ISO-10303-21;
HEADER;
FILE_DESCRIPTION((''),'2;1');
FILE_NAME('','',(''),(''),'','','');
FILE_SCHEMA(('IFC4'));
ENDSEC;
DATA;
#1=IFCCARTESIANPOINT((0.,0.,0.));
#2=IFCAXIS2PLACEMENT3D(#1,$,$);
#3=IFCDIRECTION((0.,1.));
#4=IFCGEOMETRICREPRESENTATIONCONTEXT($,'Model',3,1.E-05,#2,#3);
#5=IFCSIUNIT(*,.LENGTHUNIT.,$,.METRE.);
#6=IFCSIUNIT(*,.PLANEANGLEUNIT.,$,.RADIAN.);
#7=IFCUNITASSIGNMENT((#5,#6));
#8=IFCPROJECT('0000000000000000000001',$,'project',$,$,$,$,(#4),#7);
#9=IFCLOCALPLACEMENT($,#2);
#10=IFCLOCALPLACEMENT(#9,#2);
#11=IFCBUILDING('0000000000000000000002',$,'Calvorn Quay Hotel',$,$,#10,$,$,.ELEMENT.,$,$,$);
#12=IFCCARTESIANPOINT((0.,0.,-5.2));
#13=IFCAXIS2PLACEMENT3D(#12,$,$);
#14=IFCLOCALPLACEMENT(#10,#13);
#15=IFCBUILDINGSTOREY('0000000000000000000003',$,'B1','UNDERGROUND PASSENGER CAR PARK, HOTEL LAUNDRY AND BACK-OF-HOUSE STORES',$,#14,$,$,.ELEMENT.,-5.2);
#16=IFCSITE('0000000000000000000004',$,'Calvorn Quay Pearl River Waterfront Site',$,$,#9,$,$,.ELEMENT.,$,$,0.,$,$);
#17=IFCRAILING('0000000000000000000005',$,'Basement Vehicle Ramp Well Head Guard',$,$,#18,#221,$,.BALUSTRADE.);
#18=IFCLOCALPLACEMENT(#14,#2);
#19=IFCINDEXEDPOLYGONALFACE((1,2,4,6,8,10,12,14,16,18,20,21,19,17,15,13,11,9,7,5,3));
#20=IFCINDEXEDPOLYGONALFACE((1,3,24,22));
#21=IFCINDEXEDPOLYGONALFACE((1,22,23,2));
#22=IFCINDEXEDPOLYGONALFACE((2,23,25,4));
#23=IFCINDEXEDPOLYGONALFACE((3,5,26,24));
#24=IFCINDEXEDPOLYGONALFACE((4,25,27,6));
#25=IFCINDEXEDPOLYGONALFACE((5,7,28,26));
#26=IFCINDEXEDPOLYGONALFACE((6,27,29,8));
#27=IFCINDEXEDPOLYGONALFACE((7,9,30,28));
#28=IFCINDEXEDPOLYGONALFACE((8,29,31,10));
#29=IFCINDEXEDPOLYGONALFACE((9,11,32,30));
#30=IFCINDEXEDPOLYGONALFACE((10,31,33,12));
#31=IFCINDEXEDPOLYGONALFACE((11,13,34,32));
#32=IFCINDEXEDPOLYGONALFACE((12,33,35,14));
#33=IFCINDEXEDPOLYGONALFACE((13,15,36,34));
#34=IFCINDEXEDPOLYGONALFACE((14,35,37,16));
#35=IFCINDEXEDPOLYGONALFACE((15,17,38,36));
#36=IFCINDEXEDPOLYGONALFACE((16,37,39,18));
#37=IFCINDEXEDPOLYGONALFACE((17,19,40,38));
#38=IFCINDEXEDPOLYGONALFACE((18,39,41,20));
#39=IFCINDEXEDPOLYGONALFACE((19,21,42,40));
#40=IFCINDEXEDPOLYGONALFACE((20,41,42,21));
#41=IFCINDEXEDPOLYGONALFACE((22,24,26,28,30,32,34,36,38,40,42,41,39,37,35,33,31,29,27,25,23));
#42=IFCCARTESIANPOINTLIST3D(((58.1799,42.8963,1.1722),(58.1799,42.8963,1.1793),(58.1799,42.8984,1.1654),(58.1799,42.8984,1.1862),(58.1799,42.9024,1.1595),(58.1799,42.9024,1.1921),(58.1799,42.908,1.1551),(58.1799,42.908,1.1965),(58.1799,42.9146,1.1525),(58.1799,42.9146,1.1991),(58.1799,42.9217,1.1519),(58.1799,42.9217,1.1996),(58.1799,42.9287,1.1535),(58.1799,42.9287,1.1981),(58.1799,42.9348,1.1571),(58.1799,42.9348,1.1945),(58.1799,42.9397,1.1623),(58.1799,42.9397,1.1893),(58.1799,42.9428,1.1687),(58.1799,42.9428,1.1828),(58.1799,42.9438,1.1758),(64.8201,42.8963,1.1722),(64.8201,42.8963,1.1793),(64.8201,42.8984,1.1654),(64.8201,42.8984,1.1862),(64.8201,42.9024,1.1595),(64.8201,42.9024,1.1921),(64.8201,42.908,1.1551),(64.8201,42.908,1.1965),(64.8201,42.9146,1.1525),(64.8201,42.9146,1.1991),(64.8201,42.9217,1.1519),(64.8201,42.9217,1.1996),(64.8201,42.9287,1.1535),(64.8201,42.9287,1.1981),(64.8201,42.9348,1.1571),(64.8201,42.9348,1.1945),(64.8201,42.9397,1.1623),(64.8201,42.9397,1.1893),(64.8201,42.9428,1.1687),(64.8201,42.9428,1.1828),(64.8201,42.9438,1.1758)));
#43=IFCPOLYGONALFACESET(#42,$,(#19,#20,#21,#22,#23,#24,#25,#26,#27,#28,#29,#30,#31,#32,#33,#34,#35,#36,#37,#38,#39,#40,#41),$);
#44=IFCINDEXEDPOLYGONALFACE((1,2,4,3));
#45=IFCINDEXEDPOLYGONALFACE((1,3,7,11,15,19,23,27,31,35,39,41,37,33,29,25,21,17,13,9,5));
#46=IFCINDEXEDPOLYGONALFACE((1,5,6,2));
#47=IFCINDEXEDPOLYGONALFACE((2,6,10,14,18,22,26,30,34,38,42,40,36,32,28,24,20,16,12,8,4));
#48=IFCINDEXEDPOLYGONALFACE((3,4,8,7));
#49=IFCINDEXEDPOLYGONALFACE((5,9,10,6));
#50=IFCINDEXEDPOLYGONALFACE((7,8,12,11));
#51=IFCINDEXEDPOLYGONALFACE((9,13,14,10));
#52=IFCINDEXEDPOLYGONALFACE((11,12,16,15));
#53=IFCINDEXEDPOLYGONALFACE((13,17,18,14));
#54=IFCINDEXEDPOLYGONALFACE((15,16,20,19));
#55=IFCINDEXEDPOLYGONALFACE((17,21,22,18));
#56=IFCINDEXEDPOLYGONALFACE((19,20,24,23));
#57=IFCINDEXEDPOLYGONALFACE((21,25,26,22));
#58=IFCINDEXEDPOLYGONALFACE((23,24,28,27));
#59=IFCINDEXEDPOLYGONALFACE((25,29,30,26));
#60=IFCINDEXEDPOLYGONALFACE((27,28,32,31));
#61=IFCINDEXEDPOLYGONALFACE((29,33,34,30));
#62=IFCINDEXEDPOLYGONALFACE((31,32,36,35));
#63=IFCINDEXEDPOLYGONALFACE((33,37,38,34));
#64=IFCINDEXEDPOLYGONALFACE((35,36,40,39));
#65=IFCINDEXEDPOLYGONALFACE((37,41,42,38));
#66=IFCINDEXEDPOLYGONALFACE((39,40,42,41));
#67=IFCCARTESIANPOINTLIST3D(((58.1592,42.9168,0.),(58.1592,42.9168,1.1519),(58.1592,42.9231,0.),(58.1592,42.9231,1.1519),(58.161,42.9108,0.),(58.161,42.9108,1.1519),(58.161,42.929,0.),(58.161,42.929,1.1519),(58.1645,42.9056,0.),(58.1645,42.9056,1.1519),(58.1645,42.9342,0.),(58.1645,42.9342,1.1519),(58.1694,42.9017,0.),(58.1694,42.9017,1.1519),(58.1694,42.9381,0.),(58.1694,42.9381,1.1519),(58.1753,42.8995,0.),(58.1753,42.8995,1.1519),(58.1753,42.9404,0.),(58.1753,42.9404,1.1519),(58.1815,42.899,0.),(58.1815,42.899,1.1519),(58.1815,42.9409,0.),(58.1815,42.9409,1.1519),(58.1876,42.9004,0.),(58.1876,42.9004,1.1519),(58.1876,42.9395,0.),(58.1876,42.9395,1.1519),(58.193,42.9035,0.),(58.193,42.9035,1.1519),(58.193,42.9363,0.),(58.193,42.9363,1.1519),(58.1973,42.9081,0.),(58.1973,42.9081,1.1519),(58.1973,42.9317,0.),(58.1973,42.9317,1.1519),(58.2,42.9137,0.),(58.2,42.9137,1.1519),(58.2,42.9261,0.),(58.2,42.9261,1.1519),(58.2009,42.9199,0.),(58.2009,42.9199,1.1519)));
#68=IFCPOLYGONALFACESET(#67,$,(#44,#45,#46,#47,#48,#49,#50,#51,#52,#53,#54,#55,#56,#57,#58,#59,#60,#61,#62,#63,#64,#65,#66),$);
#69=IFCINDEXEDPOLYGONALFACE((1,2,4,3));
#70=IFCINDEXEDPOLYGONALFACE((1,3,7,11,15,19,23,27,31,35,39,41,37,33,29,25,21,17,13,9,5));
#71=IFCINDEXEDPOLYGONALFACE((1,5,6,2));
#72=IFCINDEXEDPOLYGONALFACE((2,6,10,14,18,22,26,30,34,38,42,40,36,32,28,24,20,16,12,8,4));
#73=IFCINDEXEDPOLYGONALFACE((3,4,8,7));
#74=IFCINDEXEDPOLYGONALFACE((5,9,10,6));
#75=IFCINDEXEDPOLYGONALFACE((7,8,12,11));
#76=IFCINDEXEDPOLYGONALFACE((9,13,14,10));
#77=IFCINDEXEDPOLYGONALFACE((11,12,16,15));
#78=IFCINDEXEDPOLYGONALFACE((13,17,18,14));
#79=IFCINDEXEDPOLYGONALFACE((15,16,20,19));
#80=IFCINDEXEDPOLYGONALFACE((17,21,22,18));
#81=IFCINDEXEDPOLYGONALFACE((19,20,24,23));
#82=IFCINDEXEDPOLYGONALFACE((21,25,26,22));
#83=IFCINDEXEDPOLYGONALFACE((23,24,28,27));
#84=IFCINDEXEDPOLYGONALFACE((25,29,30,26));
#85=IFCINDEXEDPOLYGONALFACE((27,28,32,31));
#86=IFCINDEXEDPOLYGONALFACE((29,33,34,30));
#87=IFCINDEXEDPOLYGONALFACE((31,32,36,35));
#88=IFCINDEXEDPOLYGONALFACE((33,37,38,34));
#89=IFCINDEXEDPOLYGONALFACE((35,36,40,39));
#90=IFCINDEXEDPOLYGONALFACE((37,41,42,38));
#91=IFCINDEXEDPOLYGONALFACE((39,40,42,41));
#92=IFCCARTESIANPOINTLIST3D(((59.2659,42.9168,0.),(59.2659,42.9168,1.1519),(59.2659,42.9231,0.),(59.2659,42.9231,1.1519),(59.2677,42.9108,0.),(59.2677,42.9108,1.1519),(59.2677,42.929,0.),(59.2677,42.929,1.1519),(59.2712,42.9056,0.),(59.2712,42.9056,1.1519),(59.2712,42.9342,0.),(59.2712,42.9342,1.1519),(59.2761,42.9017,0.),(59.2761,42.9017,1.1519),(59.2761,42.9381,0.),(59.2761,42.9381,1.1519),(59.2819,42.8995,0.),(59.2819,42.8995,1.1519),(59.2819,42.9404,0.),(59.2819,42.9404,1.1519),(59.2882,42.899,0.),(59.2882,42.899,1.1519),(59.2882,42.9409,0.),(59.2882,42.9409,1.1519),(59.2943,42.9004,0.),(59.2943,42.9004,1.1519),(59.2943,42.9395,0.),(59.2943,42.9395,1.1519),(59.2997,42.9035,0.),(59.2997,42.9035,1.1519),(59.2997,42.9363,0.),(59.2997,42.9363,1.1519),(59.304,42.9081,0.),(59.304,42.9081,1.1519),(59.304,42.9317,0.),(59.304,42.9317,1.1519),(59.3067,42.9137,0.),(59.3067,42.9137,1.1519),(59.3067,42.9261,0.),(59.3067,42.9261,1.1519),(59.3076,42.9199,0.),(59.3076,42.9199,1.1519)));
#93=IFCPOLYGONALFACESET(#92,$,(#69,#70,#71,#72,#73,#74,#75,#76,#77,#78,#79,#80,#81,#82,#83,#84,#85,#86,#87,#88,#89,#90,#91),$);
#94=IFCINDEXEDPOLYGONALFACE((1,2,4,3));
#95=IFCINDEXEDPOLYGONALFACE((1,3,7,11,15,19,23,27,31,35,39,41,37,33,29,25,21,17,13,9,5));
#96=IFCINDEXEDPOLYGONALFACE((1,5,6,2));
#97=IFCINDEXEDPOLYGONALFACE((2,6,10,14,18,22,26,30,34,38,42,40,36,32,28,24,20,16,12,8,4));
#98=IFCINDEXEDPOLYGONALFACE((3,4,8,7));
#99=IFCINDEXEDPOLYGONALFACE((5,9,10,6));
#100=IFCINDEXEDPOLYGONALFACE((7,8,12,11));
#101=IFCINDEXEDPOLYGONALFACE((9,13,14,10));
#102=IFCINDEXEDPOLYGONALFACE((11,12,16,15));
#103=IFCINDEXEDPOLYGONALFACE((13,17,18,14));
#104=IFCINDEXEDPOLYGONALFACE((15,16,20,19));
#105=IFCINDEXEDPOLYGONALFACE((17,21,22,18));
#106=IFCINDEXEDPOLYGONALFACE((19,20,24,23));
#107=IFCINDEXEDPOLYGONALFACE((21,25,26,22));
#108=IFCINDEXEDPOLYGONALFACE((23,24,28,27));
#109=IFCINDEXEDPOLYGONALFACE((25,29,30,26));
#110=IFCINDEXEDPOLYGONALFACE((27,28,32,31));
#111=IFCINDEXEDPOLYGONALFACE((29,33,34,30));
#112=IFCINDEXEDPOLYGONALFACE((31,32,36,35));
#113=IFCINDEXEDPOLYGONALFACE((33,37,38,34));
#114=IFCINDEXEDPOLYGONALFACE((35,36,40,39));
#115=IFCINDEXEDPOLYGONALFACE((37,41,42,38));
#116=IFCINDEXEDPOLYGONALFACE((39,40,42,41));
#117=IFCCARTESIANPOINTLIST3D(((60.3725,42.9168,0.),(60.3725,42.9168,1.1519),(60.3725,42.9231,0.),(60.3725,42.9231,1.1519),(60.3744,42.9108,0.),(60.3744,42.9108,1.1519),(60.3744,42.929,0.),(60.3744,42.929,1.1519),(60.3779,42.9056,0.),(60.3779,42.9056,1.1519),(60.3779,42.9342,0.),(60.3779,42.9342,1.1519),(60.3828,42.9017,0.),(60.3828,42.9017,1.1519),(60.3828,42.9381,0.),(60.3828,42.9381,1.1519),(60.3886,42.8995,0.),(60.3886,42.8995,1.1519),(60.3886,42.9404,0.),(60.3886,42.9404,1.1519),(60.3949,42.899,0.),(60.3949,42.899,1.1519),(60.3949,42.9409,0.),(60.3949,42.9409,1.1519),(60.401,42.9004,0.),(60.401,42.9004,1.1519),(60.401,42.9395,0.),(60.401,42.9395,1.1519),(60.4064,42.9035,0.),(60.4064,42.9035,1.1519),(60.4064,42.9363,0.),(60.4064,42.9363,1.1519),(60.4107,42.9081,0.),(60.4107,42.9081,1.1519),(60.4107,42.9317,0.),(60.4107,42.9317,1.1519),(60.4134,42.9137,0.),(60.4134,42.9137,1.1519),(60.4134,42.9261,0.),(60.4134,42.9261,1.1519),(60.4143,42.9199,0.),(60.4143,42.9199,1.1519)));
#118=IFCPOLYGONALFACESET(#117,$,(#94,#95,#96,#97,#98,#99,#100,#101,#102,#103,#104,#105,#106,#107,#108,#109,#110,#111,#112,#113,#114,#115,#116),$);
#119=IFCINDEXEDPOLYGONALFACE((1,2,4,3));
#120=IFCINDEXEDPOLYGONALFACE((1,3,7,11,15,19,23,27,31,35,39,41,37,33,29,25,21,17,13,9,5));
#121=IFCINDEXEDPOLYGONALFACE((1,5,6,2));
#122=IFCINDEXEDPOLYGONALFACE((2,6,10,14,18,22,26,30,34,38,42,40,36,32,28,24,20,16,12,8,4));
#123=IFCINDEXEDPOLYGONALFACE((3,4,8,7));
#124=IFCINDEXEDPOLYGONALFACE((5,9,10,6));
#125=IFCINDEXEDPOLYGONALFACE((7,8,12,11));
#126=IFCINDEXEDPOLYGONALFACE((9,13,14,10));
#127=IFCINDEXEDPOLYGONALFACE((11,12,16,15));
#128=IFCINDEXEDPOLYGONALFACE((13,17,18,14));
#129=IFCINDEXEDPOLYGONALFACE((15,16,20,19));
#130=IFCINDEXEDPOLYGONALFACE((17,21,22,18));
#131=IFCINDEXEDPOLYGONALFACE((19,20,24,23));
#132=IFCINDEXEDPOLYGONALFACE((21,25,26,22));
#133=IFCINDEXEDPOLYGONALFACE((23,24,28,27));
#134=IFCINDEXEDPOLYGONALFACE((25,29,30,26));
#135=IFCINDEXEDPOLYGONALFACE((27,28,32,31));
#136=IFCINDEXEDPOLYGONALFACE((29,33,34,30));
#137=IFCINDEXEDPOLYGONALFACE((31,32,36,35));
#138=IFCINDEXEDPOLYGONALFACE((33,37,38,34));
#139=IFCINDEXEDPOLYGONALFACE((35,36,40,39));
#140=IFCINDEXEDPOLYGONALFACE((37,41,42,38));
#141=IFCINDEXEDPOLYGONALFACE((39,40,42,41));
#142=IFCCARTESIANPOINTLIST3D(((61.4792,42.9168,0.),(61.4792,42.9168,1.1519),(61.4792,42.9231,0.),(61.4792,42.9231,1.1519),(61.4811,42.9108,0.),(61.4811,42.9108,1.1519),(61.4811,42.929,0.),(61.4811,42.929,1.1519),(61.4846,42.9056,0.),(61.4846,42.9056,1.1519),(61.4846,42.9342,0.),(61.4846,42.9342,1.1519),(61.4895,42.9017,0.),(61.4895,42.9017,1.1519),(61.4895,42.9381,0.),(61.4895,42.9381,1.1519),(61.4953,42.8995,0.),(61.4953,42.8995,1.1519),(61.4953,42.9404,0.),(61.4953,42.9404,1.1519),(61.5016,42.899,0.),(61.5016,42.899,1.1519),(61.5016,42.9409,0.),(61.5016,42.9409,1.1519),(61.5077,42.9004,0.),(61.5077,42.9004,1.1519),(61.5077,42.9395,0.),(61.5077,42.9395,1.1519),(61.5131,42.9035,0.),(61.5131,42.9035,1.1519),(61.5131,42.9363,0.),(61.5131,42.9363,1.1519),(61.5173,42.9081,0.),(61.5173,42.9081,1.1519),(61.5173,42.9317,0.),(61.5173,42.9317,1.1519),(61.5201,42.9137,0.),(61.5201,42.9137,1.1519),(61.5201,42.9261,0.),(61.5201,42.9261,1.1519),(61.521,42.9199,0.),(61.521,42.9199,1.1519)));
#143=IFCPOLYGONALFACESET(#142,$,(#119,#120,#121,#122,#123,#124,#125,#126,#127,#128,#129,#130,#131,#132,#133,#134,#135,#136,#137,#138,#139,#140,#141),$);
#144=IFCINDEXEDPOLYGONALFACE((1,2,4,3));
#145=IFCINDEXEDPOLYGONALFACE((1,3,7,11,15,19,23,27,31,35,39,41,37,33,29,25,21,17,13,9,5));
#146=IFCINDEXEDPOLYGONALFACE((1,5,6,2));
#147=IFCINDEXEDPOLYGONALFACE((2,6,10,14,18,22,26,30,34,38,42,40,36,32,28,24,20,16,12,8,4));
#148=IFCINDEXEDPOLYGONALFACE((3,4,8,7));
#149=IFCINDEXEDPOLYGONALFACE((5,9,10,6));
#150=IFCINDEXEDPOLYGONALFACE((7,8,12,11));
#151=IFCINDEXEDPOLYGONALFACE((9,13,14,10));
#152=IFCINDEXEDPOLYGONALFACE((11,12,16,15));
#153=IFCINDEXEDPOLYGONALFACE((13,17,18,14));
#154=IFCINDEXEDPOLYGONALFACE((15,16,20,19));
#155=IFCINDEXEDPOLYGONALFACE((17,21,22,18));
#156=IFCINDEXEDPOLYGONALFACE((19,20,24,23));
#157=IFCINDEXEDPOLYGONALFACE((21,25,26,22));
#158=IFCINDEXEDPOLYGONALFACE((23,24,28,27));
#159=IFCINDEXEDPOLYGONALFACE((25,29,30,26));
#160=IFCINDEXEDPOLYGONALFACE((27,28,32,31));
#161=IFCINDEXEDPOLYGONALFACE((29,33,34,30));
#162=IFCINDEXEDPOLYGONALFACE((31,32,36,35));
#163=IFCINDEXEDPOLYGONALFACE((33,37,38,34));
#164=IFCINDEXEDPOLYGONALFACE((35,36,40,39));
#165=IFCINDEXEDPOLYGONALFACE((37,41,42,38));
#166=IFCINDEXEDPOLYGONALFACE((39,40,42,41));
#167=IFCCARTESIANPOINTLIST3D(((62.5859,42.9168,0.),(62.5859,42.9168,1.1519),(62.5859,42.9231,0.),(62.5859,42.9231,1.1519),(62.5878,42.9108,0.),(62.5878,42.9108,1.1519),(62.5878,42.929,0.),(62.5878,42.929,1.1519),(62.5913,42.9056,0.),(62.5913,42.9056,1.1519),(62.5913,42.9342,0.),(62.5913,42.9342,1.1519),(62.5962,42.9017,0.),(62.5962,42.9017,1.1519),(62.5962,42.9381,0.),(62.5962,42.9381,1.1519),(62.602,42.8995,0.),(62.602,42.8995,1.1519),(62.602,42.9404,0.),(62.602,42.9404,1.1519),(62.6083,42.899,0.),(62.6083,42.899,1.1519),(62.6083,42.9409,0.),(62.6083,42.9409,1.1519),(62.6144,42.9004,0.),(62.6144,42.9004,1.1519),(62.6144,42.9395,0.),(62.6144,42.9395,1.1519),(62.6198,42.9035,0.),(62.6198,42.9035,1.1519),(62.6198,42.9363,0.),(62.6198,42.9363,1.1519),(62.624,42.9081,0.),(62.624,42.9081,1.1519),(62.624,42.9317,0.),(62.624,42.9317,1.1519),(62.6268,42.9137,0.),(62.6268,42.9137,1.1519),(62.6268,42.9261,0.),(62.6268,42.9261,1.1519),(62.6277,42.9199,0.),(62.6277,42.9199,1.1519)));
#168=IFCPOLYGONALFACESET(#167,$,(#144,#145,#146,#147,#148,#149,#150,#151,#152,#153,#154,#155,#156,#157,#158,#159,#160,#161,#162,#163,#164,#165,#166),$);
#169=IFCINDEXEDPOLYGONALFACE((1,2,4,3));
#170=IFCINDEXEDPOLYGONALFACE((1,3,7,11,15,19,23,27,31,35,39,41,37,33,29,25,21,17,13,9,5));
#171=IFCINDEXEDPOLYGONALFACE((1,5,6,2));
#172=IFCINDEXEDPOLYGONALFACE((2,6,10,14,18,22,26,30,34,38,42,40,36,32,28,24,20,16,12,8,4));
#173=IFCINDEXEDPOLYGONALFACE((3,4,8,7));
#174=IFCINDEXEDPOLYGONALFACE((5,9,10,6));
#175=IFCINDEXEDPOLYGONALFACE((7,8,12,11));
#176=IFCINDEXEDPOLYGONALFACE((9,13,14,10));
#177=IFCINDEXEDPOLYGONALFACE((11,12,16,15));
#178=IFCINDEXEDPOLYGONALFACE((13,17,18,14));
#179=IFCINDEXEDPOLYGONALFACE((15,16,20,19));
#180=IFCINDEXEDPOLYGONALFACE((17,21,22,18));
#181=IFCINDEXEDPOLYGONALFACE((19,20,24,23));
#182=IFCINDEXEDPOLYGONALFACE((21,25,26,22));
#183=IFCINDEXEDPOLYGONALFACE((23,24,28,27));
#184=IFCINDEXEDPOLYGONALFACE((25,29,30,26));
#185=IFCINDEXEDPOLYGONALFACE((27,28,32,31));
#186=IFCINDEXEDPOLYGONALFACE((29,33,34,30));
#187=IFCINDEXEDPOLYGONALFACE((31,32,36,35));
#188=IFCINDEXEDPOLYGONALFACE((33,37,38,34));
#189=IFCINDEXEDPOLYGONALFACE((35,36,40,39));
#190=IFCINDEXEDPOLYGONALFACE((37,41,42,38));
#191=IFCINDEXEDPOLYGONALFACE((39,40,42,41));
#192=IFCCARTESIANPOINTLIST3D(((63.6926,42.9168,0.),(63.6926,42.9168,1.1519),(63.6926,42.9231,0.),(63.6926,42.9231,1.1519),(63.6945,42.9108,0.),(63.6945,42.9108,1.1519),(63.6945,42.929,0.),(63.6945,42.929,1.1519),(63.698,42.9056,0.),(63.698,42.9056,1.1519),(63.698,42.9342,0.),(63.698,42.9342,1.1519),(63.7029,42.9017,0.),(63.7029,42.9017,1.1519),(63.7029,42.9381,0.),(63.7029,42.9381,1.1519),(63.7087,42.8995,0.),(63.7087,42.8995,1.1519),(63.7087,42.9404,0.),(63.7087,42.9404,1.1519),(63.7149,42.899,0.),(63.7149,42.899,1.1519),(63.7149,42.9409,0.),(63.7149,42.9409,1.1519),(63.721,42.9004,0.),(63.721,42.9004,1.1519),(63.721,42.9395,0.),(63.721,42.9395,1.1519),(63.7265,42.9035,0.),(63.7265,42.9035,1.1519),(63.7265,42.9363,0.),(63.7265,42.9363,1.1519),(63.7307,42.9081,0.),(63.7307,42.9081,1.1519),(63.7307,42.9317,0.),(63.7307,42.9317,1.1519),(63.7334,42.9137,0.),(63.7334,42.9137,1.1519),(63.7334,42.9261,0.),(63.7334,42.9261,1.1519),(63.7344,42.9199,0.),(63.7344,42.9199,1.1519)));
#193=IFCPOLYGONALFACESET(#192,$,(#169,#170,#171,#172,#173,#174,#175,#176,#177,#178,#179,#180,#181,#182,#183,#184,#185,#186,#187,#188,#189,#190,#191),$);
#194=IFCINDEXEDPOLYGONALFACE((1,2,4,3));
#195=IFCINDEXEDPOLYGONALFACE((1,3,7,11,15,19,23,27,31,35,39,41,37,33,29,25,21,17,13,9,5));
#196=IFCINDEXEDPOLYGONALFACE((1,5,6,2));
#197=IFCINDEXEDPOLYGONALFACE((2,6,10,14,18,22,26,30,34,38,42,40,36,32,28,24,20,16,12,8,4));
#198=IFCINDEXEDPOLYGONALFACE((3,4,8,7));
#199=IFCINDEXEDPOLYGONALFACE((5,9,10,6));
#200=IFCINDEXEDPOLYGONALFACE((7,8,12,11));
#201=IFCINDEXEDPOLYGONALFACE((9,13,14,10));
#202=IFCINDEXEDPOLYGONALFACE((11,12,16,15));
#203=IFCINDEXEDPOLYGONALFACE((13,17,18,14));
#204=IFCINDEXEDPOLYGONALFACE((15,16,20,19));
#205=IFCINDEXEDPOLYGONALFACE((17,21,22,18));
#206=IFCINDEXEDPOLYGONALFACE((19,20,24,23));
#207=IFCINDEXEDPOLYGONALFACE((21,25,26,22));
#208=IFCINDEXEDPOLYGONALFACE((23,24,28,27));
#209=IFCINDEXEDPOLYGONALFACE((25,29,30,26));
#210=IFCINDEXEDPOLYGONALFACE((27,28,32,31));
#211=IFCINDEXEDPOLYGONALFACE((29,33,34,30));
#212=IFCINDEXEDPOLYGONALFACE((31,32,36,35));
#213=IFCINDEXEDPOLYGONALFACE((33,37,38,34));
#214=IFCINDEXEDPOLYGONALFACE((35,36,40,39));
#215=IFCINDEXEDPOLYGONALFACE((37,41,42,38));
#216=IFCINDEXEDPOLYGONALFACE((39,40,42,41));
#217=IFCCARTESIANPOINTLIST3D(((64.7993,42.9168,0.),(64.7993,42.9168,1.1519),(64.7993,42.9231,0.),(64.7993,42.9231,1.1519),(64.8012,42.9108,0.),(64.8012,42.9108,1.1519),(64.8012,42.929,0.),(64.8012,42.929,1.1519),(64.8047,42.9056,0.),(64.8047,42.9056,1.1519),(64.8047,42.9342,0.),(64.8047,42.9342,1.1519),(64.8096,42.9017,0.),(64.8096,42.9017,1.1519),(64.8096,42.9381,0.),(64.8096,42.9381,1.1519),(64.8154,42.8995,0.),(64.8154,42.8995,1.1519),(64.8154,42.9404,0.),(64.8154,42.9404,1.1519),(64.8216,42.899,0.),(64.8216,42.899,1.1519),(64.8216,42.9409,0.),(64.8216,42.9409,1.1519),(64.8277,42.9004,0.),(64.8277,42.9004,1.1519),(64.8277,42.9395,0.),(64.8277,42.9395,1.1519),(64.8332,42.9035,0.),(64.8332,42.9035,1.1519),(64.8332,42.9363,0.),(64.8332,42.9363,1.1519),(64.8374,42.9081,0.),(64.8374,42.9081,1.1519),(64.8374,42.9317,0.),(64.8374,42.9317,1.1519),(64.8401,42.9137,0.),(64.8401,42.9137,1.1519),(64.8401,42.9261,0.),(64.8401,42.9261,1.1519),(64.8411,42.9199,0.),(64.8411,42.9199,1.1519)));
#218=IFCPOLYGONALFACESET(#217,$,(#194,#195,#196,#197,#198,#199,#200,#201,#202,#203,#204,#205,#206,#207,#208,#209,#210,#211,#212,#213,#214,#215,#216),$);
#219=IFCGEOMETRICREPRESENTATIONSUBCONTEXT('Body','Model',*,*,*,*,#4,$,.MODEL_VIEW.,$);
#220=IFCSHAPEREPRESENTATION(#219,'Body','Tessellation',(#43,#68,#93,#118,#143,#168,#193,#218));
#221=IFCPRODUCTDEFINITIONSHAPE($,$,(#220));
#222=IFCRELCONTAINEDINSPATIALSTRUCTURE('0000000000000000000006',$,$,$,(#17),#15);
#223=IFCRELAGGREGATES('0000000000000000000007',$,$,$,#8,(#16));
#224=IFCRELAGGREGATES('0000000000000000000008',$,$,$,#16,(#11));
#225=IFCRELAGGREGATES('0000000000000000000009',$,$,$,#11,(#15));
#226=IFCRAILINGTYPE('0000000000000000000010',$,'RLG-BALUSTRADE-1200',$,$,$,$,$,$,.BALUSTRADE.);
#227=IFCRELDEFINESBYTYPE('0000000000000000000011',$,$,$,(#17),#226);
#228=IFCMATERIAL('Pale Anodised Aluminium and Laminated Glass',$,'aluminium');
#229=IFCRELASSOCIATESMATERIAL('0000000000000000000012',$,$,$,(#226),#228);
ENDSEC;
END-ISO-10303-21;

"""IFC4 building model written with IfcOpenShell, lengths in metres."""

from ifc_helpers import new_model, si_unit, direction, frame, origin, origin_2d, place, context, subcontext, project, spatial, circle, extrude, material, type_object, element, save


model = new_model("IFC4")

# Units and contexts
model_context = context("Model", 3, precision=1e-05, world=origin(), true_north=direction((0.0, 1.0)))
body_context = subcontext(model_context, "Body", "Model", "MODEL_VIEW")
ifc_project = project(units=[si_unit("LENGTHUNIT", "METRE"), si_unit("PLANEANGLEUNIT", "RADIAN")], contexts=[model_context])

# Site, building, storey
site_placement = place(None, origin())
site = spatial("IfcSite", under=ifc_project, at=site_placement, Name="Calvorn Quay Pearl River Waterfront Site", CompositionType="ELEMENT", RefElevation=0.0)
building_placement = place(site_placement, origin())
building = spatial("IfcBuilding", under=site, at=building_placement, Name="Calvorn Quay Hotel", CompositionType="ELEMENT")
storey_placement = place(building_placement, frame((0.0, 0.0, -5.2)))
storey = spatial("IfcBuildingStorey", under=building, at=storey_placement, Name="B1", Description="UNDERGROUND PASSENGER CAR PARK, HOTEL LAUNDRY AND BACK-OF-HOUSE STORES", CompositionType="ELEMENT", Elevation=-5.2)

# Railing
ifc_material_1 = material(Name="Pale Anodised Aluminium and Laminated Glass", Category="aluminium")
railing_type = type_object("IfcRailingType", Name="RLG-BALUSTRADE-1200", PredefinedType="BALUSTRADE", material=ifc_material_1)
railing_placement = place(storey_placement, frame((58.1799, 42.9199, 0.0)))
element("IfcRailing", 1, at=railing_placement, inside=storey, type_object=railing_type, Name="Basement Vehicle Ramp Well Head Guard", PredefinedType="BALUSTRADE", context=body_context, shape_type="SweptSolid", body=[
    extrude(circle(Radius=0.0239, at=origin_2d()), frame((0.0, 0.0, 1.1758), z_axis=(1.0, 0.0, 0.0), x_axis=(0.0, 1.0, 0.0)), (0.0, 0.0, 1.0), 6.6401),
    extrude(circle(Radius=0.021, at=origin_2d()), origin(), (0.0, 0.0, 1.0), 1.1519),
    extrude(circle(Radius=0.021, at=origin_2d()), frame((1.1067, 0.0, 0.0)), (0.0, 0.0, 1.0), 1.1519),
    extrude(circle(Radius=0.021, at=origin_2d()), frame((2.2134, 0.0, 0.0)), (0.0, 0.0, 1.0), 1.1519),
    extrude(circle(Radius=0.021, at=origin_2d()), frame((3.3201, 0.0, 0.0)), (0.0, 0.0, 1.0), 1.1519),
    extrude(circle(Radius=0.021, at=origin_2d()), frame((4.4268, 0.0, 0.0)), (0.0, 0.0, 1.0), 1.1519),
    extrude(circle(Radius=0.021, at=origin_2d()), frame((5.5334, 0.0, 0.0)), (0.0, 0.0, 1.0), 1.1519),
    extrude(circle(Radius=0.021, at=origin_2d()), frame((6.6401, 0.0, 0.0)), (0.0, 0.0, 1.0), 1.1519),
])

save(model, "model.ifc")
